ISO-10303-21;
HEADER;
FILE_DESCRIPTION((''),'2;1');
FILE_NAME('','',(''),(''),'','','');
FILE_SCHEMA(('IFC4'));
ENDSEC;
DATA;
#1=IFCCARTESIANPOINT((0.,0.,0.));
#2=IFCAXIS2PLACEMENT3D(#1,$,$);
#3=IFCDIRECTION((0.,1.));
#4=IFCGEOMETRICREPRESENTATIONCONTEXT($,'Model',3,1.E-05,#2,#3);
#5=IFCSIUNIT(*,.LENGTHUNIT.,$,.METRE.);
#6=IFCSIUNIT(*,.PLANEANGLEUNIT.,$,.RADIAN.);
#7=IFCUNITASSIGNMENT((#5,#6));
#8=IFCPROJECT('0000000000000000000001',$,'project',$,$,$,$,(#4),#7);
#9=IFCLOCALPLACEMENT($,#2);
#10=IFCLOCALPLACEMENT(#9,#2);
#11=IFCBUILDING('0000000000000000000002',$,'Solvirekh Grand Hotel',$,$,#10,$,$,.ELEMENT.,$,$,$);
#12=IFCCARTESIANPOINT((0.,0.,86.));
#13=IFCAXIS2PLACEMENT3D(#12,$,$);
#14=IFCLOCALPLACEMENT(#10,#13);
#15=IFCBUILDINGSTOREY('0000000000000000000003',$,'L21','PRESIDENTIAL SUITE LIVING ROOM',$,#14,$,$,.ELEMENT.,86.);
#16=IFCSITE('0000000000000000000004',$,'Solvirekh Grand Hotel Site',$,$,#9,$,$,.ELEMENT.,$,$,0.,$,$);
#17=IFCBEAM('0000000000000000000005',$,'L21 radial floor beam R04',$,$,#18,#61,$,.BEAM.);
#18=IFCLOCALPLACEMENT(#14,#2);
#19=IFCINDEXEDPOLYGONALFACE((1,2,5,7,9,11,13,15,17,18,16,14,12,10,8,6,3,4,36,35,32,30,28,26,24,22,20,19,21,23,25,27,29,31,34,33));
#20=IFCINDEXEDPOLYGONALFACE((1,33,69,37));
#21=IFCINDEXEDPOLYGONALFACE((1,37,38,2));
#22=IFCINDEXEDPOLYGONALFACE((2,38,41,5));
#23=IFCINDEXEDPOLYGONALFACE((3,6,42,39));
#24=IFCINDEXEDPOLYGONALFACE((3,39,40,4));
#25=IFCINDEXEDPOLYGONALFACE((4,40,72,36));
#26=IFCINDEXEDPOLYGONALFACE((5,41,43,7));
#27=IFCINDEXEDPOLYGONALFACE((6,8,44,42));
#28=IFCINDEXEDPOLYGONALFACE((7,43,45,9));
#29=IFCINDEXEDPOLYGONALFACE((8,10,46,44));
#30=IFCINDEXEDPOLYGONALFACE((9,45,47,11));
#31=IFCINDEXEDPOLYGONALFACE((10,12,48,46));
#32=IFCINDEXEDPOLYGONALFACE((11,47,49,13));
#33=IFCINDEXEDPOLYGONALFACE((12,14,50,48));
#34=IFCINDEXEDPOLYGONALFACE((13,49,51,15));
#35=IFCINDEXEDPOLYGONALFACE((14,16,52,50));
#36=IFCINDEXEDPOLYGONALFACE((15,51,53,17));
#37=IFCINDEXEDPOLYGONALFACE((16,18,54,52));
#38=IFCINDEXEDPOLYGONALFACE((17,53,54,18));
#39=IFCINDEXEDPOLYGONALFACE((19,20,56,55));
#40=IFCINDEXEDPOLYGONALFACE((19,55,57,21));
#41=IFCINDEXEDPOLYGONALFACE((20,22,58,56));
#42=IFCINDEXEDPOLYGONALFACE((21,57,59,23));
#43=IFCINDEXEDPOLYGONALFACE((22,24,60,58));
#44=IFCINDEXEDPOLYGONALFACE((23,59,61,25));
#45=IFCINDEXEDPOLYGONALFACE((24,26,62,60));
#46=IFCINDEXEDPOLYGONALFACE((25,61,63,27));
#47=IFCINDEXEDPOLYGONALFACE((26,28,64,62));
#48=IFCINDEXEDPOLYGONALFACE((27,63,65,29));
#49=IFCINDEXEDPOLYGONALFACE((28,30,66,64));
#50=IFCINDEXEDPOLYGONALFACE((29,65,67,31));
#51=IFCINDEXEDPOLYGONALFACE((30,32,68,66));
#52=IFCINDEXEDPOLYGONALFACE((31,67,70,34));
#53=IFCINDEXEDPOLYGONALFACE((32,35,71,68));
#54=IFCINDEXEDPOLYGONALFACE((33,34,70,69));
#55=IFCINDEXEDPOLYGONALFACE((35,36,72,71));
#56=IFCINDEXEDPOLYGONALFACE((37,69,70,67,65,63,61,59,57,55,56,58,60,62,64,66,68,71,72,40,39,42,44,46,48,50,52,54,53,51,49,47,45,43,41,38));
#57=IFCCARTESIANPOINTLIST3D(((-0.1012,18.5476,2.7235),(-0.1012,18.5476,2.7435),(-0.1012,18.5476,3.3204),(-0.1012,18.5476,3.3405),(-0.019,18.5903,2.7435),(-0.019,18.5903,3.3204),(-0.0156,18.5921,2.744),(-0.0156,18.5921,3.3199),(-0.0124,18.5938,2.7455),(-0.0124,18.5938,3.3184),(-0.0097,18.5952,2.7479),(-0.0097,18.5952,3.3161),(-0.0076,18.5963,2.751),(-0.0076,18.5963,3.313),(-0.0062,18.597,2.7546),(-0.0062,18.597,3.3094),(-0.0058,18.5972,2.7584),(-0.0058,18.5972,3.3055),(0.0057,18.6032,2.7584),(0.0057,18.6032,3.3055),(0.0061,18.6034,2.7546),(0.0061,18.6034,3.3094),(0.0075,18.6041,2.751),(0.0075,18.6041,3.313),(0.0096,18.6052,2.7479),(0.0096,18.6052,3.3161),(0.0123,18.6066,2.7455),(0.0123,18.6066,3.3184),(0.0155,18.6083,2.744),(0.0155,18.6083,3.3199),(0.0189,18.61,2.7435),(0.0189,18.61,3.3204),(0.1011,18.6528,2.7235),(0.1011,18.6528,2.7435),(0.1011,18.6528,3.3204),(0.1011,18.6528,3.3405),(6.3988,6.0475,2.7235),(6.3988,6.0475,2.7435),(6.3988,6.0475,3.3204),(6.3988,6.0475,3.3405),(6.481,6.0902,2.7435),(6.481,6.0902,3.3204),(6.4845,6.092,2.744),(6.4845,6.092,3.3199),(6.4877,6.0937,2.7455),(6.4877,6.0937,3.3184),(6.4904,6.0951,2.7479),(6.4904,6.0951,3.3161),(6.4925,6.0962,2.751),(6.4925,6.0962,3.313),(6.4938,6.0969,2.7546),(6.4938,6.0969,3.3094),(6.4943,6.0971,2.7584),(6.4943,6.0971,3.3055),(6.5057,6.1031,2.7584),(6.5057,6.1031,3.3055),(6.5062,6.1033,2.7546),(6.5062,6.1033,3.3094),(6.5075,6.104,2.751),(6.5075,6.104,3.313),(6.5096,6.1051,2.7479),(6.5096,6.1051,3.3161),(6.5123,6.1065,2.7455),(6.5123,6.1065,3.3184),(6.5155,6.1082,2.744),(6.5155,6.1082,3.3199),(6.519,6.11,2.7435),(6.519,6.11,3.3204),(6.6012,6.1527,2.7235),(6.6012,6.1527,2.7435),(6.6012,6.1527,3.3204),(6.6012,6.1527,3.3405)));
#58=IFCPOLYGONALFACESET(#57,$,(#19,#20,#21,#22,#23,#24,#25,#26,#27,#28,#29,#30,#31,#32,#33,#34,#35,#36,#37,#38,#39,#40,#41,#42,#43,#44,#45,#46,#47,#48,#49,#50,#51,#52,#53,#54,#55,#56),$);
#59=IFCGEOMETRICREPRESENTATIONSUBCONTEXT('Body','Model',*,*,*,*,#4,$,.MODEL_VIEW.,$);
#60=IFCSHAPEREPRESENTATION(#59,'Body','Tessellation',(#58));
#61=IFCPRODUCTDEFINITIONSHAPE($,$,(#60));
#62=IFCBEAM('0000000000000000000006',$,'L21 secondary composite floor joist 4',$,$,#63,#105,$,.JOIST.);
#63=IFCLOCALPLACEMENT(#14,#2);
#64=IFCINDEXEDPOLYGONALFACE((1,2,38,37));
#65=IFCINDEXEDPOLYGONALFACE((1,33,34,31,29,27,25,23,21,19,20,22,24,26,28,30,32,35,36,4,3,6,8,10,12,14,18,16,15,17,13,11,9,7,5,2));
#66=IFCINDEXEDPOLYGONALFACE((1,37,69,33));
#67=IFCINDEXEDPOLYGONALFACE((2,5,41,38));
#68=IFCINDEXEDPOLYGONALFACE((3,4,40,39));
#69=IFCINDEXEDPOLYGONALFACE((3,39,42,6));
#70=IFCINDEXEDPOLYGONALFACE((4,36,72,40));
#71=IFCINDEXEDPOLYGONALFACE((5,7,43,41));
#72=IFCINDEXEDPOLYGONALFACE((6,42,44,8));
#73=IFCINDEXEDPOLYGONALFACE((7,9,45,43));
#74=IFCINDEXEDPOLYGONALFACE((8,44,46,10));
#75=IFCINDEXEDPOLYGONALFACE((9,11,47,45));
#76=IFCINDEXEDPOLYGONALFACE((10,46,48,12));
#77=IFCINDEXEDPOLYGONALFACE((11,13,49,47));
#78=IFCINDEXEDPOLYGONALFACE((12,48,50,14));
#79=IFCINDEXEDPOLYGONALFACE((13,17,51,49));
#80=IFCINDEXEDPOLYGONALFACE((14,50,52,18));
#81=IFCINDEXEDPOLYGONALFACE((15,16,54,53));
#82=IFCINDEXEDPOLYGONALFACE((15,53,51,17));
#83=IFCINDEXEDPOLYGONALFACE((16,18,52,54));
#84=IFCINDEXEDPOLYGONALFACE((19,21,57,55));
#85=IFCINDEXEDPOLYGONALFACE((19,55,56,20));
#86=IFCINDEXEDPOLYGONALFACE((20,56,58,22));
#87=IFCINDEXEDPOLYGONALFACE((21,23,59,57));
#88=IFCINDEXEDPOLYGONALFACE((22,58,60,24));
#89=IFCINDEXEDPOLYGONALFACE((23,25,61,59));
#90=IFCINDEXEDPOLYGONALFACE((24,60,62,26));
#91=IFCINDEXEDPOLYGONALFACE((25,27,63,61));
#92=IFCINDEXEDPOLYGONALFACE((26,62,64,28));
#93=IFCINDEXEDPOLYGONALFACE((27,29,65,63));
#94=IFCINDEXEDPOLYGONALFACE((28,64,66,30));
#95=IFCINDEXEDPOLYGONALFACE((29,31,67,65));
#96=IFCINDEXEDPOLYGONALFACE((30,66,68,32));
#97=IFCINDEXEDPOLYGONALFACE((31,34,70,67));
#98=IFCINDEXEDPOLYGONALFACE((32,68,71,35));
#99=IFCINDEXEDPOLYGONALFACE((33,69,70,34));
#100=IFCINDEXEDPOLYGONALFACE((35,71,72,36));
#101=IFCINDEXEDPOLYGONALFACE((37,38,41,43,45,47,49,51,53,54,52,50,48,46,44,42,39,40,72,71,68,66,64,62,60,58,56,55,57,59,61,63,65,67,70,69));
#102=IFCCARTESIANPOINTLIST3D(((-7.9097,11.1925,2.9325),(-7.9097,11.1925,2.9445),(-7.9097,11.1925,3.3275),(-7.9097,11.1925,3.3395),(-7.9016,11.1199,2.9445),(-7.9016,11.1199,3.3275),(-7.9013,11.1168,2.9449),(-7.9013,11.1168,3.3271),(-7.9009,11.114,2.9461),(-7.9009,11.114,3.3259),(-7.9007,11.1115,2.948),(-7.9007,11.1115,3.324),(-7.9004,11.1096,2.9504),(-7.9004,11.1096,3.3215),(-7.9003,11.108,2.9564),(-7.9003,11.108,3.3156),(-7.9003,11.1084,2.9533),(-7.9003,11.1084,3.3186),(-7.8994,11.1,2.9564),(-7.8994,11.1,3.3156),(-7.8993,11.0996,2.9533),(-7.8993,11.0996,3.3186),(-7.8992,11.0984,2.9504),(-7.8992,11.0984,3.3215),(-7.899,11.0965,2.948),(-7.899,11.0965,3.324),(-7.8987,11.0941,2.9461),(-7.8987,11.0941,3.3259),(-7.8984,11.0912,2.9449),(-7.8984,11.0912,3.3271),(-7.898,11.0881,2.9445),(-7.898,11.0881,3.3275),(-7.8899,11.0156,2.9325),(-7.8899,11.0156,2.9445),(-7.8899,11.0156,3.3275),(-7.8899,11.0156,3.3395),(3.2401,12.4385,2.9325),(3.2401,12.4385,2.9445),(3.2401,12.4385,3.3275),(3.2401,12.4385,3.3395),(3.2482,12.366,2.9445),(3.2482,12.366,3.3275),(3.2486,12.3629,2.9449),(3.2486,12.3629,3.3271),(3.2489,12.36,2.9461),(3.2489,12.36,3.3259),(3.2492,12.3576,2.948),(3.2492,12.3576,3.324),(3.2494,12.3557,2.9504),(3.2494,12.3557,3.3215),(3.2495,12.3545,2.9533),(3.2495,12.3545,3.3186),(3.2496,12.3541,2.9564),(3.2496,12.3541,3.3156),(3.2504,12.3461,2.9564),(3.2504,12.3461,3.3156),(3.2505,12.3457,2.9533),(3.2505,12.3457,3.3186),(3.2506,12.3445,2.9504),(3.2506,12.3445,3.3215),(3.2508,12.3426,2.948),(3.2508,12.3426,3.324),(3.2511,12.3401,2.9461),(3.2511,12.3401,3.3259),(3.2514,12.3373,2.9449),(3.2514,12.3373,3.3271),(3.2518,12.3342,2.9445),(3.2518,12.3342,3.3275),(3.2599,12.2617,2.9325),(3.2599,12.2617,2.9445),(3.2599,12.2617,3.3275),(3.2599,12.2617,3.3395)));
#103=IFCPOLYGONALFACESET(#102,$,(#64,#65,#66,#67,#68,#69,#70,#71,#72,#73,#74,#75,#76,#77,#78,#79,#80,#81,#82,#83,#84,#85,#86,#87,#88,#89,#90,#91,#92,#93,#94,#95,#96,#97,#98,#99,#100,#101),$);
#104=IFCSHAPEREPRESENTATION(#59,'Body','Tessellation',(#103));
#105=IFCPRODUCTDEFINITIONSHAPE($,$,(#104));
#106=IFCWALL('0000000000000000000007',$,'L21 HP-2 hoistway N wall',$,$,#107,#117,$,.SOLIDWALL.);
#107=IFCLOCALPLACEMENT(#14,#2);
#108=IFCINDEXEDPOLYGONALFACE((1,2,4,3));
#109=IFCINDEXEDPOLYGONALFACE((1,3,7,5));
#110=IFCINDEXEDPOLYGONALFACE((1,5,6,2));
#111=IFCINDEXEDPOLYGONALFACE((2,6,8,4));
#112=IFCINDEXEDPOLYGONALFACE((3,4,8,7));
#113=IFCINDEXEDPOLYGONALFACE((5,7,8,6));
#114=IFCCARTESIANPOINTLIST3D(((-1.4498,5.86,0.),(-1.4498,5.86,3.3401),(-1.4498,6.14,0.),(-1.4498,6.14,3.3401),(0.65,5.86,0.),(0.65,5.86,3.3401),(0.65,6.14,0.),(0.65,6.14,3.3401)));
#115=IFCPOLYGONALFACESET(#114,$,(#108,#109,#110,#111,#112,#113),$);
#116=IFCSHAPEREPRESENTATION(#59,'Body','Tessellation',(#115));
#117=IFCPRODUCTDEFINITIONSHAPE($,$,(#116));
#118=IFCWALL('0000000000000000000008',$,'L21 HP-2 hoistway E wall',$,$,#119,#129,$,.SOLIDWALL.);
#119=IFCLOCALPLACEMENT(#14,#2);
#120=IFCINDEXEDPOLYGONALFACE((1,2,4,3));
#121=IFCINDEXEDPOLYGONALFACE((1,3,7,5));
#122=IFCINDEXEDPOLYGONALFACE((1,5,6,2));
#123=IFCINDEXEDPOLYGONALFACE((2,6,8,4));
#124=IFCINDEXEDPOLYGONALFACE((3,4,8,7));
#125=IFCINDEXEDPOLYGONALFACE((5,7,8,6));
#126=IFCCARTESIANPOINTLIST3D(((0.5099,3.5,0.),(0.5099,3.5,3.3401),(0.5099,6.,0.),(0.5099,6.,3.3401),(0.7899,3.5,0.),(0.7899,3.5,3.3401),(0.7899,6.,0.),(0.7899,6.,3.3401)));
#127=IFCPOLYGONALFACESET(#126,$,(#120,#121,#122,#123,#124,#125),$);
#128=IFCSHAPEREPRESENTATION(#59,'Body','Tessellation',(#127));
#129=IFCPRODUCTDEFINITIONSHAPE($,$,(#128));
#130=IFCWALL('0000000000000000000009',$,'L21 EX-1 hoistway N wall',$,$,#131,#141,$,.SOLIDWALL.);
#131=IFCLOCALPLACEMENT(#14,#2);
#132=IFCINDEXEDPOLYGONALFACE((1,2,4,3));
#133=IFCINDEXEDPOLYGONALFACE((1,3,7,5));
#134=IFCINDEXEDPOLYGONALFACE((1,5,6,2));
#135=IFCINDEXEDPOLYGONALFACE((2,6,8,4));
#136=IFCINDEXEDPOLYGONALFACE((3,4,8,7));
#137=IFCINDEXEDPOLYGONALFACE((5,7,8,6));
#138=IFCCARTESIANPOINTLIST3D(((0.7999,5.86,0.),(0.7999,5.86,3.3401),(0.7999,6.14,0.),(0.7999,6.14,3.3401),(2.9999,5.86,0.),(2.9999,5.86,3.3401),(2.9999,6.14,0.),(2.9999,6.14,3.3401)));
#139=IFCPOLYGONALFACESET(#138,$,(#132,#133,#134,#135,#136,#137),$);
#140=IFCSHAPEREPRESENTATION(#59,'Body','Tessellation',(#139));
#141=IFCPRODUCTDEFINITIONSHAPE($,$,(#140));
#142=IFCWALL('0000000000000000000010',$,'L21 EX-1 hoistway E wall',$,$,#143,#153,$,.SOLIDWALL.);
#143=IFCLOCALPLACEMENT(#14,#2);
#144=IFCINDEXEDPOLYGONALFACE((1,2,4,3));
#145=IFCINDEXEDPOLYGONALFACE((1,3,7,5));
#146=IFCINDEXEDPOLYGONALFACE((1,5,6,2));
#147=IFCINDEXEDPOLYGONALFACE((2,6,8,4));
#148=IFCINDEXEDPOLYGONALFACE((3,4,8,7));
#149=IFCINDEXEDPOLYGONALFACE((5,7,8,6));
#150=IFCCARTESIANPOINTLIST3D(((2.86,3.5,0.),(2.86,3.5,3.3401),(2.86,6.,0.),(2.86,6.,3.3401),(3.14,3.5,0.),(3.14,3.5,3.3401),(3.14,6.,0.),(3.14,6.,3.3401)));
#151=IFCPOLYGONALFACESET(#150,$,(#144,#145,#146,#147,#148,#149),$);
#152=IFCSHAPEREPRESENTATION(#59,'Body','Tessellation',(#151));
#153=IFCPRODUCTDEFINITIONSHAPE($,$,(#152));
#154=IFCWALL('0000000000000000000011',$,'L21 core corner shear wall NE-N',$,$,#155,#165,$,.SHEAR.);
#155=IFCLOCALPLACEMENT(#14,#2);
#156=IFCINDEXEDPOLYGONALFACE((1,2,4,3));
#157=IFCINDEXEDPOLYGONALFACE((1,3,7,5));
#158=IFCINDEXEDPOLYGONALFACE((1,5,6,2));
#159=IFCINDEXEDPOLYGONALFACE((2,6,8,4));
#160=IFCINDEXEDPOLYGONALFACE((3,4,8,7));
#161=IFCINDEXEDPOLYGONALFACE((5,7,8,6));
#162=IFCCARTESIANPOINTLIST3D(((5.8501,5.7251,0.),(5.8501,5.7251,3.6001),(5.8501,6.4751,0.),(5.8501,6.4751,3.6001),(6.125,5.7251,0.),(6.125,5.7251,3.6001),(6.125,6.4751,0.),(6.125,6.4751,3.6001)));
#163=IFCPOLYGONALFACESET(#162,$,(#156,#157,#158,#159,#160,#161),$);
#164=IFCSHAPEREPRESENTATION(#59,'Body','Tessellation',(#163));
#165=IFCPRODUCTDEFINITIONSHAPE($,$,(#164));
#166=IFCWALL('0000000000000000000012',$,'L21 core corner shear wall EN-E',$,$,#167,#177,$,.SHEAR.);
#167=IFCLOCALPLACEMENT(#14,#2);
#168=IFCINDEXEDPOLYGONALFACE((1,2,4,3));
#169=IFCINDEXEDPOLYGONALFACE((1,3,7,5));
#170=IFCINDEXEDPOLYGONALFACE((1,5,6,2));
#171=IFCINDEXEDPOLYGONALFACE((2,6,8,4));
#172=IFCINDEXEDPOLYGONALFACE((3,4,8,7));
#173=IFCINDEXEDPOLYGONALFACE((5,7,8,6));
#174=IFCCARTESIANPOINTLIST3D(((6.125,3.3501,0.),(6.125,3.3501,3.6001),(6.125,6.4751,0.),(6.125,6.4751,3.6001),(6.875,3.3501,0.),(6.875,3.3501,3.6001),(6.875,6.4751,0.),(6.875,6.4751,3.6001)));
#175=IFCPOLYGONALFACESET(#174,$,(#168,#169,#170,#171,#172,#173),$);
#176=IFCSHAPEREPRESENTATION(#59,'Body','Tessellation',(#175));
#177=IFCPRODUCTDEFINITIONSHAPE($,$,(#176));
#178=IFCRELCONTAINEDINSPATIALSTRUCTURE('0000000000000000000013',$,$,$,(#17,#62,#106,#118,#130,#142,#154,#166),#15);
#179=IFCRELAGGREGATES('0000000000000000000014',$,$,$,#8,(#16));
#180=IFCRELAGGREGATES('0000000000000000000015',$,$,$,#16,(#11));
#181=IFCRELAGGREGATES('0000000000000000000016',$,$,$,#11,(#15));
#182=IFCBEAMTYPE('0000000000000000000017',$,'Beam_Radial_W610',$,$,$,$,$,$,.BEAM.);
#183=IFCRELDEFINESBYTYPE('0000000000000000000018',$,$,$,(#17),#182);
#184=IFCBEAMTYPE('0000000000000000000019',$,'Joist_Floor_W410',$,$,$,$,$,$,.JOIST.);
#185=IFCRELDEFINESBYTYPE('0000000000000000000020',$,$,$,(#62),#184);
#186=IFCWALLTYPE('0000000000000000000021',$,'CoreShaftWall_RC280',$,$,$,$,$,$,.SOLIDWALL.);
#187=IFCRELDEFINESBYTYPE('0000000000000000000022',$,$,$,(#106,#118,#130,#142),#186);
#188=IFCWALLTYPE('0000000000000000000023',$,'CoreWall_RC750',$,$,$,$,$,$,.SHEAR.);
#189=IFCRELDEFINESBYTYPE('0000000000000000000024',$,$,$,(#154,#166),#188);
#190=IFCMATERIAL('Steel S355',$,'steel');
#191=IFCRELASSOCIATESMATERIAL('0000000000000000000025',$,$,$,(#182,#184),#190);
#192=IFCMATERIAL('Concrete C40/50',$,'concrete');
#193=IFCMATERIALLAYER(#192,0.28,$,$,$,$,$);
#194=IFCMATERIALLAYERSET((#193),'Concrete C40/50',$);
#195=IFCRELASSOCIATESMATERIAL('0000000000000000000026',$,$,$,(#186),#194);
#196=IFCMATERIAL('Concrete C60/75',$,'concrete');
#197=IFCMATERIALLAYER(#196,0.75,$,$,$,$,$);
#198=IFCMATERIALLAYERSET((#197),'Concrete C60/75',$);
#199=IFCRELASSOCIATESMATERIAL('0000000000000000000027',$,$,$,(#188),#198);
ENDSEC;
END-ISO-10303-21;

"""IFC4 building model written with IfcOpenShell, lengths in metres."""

from ifc_helpers import new_model, si_unit, direction, frame, frame_2d, origin, origin_2d, place, context, subcontext, project, spatial, rectangle, i_section, extrude, material, layer, layer_set, material_profile, profile_set, type_object, element, save


model = new_model("IFC4")

# Units and contexts
model_context = context("Model", 3, precision=1e-05, world=origin(), true_north=direction((0.0, 1.0)))
body_context = subcontext(model_context, "Body", "Model", "MODEL_VIEW")
ifc_project = project(units=[si_unit("LENGTHUNIT", "METRE"), si_unit("PLANEANGLEUNIT", "RADIAN")], contexts=[model_context])

# Site, building, storey
site_placement = place(None, origin())
site = spatial("IfcSite", under=ifc_project, at=site_placement, Name="Solvirekh Grand Hotel Site", CompositionType="ELEMENT", RefElevation=0.0)
building_placement = place(site_placement, origin())
building = spatial("IfcBuilding", under=site, at=building_placement, Name="Solvirekh Grand Hotel", CompositionType="ELEMENT")
storey_placement = place(building_placement, frame((0.0, 0.0, 86.0)))
storey = spatial("IfcBuildingStorey", under=building, at=storey_placement, Name="L21", Description="PRESIDENTIAL SUITE LIVING ROOM", CompositionType="ELEMENT", Elevation=86.0)

# Shared definitions
ifc_material_1 = material(Name="Concrete C60/75", Category="concrete")

# Beams
ifc_material_2 = material(Name="Steel S355", Category="steel")
ifc_material_profile_1 = material_profile(ifc_material_2, i_section(OverallWidth=0.228, OverallDepth=0.6169, WebThickness=0.0129, FlangeThickness=0.02, FilletRadius=0.0149, at=origin_2d()), Name="W610X140")
ifc_profile_set_1 = profile_set([ifc_material_profile_1], Name="Steel S355")
beam_type_1 = type_object("IfcBeamType", Name="Beam_Radial_W610", PredefinedType="BEAM", material=ifc_profile_set_1)
beam_1_placement = place(storey_placement, frame((6.5, 6.1001, 3.032), z_axis=(-0.461353, 0.887217, 0.0), x_axis=(-0.887217, -0.461353, 0.0)))
element("IfcBeam", 1, at=beam_1_placement, inside=storey, type_object=beam_type_1, Name="L21 radial floor beam R04", PredefinedType="BEAM", context=body_context, shape_type="SweptSolid", body=[
    extrude(i_section(OverallWidth=0.228, OverallDepth=0.6169, WebThickness=0.0129, FlangeThickness=0.02, FilletRadius=0.0149, at=origin_2d()), origin(), (0.0, 0.0, 1.0), 14.0891),
])
ifc_material_profile_2 = material_profile(ifc_material_2, i_section(OverallWidth=0.178, OverallDepth=0.407, WebThickness=0.0081, FlangeThickness=0.012, FilletRadius=0.012, at=origin_2d()), Name="W410X60")
ifc_profile_set_2 = profile_set([ifc_material_profile_2], Name="Steel S355")
beam_type_2 = type_object("IfcBeamType", Name="Joist_Floor_W410", PredefinedType="JOIST", material=ifc_profile_set_2)
beam_2_placement = place(storey_placement, frame((3.25, 12.3501, 3.136), z_axis=(-0.993813, -0.111067, 0.0), x_axis=(0.111067, -0.993813, 0.0)))
element("IfcBeam", 2, at=beam_2_placement, inside=storey, type_object=beam_type_2, Name="L21 secondary composite floor joist 4", PredefinedType="JOIST", context=body_context, shape_type="SweptSolid", body=[
    extrude(i_section(OverallWidth=0.178, OverallDepth=0.407, WebThickness=0.0081, FlangeThickness=0.012, FilletRadius=0.012, at=origin_2d()), origin(), (0.0, 0.0, 1.0), 11.2192),
])

# Walls
ifc_material_3 = material(Name="Concrete C40/50", Category="concrete")
ifc_layer_1 = layer(ifc_material_3, 0.28)
ifc_layer_set_1 = layer_set([ifc_layer_1], Name="Concrete C40/50")
wall_type_1 = type_object("IfcWallType", Name="CoreShaftWall_RC280", PredefinedType="SOLIDWALL", material=ifc_layer_set_1)
wall_1_placement = place(storey_placement, frame((0.6499, 6.0, 0.0), z_axis=(0.0, 0.0, 1.0), x_axis=(-1.0, 0.0, 0.0)))
element("IfcWall", 3, at=wall_1_placement, inside=storey, type_object=wall_type_1, Name="L21 HP-2 hoistway N wall", PredefinedType="SOLIDWALL", context=body_context, shape_type="SweptSolid", body=[
    extrude(rectangle(XDim=2.0999, YDim=0.28, at=frame_2d((1.0498, 0.0))), origin(), (0.0, 0.0, 1.0), 3.3401),
])
wall_2_placement = place(storey_placement, frame((0.6499, 3.5, 0.0), z_axis=(0.0, 0.0, 1.0), x_axis=(0.0, 1.0, 0.0)))
element("IfcWall", 4, at=wall_2_placement, inside=storey, type_object=wall_type_1, Name="L21 HP-2 hoistway E wall", PredefinedType="SOLIDWALL", context=body_context, shape_type="SweptSolid", body=[
    extrude(rectangle(XDim=2.5, YDim=0.28, at=frame_2d((1.25, 0.0))), origin(), (0.0, 0.0, 1.0), 3.3401),
])
wall_3_placement = place(storey_placement, frame((3.0, 6.0, 0.0), z_axis=(0.0, 0.0, 1.0), x_axis=(-1.0, 0.0, 0.0)))
element("IfcWall", 5, at=wall_3_placement, inside=storey, type_object=wall_type_1, Name="L21 EX-1 hoistway N wall", PredefinedType="SOLIDWALL", context=body_context, shape_type="SweptSolid", body=[
    extrude(rectangle(XDim=2.2, YDim=0.28, at=frame_2d((1.1001, 0.0))), origin(), (0.0, 0.0, 1.0), 3.3401),
])
wall_4_placement = place(storey_placement, frame((3.0, 3.5, 0.0), z_axis=(0.0, 0.0, 1.0), x_axis=(0.0, 1.0, 0.0)))
element("IfcWall", 6, at=wall_4_placement, inside=storey, type_object=wall_type_1, Name="L21 EX-1 hoistway E wall", PredefinedType="SOLIDWALL", context=body_context, shape_type="SweptSolid", body=[
    extrude(rectangle(XDim=2.5, YDim=0.28, at=frame_2d((1.25, 0.0))), origin(), (0.0, 0.0, 1.0), 3.3401),
])
ifc_layer_2 = layer(ifc_material_1, 0.75)
ifc_layer_set_2 = layer_set([ifc_layer_2], Name="Concrete C60/75")
wall_type_2 = type_object("IfcWallType", Name="CoreWall_RC750", PredefinedType="SHEAR", material=ifc_layer_set_2)
wall_5_placement = place(storey_placement, frame((5.8501, 6.1001, 0.0), z_axis=(0.0, 0.0, 1.0), x_axis=(1.0, 0.0, 0.0)))
element("IfcWall", 7, at=wall_5_placement, inside=storey, type_object=wall_type_2, Name="L21 core corner shear wall NE-N", PredefinedType="SHEAR", context=body_context, shape_type="SweptSolid", body=[
    extrude(rectangle(XDim=0.2749, YDim=0.75, at=frame_2d((0.1375, 0.0))), origin(), (0.0, 0.0, 1.0), 3.6001),
])
wall_6_placement = place(storey_placement, frame((6.5, 3.3501, 0.0), z_axis=(0.0, 0.0, 1.0), x_axis=(0.0, 1.0, 0.0)))
element("IfcWall", 8, at=wall_6_placement, inside=storey, type_object=wall_type_2, Name="L21 core corner shear wall EN-E", PredefinedType="SHEAR", context=body_context, shape_type="SweptSolid", body=[
    extrude(rectangle(XDim=3.125, YDim=0.75, at=frame_2d((1.5625, 0.0))), origin(), (0.0, 0.0, 1.0), 3.6001),
])

save(model, "model.ifc")
